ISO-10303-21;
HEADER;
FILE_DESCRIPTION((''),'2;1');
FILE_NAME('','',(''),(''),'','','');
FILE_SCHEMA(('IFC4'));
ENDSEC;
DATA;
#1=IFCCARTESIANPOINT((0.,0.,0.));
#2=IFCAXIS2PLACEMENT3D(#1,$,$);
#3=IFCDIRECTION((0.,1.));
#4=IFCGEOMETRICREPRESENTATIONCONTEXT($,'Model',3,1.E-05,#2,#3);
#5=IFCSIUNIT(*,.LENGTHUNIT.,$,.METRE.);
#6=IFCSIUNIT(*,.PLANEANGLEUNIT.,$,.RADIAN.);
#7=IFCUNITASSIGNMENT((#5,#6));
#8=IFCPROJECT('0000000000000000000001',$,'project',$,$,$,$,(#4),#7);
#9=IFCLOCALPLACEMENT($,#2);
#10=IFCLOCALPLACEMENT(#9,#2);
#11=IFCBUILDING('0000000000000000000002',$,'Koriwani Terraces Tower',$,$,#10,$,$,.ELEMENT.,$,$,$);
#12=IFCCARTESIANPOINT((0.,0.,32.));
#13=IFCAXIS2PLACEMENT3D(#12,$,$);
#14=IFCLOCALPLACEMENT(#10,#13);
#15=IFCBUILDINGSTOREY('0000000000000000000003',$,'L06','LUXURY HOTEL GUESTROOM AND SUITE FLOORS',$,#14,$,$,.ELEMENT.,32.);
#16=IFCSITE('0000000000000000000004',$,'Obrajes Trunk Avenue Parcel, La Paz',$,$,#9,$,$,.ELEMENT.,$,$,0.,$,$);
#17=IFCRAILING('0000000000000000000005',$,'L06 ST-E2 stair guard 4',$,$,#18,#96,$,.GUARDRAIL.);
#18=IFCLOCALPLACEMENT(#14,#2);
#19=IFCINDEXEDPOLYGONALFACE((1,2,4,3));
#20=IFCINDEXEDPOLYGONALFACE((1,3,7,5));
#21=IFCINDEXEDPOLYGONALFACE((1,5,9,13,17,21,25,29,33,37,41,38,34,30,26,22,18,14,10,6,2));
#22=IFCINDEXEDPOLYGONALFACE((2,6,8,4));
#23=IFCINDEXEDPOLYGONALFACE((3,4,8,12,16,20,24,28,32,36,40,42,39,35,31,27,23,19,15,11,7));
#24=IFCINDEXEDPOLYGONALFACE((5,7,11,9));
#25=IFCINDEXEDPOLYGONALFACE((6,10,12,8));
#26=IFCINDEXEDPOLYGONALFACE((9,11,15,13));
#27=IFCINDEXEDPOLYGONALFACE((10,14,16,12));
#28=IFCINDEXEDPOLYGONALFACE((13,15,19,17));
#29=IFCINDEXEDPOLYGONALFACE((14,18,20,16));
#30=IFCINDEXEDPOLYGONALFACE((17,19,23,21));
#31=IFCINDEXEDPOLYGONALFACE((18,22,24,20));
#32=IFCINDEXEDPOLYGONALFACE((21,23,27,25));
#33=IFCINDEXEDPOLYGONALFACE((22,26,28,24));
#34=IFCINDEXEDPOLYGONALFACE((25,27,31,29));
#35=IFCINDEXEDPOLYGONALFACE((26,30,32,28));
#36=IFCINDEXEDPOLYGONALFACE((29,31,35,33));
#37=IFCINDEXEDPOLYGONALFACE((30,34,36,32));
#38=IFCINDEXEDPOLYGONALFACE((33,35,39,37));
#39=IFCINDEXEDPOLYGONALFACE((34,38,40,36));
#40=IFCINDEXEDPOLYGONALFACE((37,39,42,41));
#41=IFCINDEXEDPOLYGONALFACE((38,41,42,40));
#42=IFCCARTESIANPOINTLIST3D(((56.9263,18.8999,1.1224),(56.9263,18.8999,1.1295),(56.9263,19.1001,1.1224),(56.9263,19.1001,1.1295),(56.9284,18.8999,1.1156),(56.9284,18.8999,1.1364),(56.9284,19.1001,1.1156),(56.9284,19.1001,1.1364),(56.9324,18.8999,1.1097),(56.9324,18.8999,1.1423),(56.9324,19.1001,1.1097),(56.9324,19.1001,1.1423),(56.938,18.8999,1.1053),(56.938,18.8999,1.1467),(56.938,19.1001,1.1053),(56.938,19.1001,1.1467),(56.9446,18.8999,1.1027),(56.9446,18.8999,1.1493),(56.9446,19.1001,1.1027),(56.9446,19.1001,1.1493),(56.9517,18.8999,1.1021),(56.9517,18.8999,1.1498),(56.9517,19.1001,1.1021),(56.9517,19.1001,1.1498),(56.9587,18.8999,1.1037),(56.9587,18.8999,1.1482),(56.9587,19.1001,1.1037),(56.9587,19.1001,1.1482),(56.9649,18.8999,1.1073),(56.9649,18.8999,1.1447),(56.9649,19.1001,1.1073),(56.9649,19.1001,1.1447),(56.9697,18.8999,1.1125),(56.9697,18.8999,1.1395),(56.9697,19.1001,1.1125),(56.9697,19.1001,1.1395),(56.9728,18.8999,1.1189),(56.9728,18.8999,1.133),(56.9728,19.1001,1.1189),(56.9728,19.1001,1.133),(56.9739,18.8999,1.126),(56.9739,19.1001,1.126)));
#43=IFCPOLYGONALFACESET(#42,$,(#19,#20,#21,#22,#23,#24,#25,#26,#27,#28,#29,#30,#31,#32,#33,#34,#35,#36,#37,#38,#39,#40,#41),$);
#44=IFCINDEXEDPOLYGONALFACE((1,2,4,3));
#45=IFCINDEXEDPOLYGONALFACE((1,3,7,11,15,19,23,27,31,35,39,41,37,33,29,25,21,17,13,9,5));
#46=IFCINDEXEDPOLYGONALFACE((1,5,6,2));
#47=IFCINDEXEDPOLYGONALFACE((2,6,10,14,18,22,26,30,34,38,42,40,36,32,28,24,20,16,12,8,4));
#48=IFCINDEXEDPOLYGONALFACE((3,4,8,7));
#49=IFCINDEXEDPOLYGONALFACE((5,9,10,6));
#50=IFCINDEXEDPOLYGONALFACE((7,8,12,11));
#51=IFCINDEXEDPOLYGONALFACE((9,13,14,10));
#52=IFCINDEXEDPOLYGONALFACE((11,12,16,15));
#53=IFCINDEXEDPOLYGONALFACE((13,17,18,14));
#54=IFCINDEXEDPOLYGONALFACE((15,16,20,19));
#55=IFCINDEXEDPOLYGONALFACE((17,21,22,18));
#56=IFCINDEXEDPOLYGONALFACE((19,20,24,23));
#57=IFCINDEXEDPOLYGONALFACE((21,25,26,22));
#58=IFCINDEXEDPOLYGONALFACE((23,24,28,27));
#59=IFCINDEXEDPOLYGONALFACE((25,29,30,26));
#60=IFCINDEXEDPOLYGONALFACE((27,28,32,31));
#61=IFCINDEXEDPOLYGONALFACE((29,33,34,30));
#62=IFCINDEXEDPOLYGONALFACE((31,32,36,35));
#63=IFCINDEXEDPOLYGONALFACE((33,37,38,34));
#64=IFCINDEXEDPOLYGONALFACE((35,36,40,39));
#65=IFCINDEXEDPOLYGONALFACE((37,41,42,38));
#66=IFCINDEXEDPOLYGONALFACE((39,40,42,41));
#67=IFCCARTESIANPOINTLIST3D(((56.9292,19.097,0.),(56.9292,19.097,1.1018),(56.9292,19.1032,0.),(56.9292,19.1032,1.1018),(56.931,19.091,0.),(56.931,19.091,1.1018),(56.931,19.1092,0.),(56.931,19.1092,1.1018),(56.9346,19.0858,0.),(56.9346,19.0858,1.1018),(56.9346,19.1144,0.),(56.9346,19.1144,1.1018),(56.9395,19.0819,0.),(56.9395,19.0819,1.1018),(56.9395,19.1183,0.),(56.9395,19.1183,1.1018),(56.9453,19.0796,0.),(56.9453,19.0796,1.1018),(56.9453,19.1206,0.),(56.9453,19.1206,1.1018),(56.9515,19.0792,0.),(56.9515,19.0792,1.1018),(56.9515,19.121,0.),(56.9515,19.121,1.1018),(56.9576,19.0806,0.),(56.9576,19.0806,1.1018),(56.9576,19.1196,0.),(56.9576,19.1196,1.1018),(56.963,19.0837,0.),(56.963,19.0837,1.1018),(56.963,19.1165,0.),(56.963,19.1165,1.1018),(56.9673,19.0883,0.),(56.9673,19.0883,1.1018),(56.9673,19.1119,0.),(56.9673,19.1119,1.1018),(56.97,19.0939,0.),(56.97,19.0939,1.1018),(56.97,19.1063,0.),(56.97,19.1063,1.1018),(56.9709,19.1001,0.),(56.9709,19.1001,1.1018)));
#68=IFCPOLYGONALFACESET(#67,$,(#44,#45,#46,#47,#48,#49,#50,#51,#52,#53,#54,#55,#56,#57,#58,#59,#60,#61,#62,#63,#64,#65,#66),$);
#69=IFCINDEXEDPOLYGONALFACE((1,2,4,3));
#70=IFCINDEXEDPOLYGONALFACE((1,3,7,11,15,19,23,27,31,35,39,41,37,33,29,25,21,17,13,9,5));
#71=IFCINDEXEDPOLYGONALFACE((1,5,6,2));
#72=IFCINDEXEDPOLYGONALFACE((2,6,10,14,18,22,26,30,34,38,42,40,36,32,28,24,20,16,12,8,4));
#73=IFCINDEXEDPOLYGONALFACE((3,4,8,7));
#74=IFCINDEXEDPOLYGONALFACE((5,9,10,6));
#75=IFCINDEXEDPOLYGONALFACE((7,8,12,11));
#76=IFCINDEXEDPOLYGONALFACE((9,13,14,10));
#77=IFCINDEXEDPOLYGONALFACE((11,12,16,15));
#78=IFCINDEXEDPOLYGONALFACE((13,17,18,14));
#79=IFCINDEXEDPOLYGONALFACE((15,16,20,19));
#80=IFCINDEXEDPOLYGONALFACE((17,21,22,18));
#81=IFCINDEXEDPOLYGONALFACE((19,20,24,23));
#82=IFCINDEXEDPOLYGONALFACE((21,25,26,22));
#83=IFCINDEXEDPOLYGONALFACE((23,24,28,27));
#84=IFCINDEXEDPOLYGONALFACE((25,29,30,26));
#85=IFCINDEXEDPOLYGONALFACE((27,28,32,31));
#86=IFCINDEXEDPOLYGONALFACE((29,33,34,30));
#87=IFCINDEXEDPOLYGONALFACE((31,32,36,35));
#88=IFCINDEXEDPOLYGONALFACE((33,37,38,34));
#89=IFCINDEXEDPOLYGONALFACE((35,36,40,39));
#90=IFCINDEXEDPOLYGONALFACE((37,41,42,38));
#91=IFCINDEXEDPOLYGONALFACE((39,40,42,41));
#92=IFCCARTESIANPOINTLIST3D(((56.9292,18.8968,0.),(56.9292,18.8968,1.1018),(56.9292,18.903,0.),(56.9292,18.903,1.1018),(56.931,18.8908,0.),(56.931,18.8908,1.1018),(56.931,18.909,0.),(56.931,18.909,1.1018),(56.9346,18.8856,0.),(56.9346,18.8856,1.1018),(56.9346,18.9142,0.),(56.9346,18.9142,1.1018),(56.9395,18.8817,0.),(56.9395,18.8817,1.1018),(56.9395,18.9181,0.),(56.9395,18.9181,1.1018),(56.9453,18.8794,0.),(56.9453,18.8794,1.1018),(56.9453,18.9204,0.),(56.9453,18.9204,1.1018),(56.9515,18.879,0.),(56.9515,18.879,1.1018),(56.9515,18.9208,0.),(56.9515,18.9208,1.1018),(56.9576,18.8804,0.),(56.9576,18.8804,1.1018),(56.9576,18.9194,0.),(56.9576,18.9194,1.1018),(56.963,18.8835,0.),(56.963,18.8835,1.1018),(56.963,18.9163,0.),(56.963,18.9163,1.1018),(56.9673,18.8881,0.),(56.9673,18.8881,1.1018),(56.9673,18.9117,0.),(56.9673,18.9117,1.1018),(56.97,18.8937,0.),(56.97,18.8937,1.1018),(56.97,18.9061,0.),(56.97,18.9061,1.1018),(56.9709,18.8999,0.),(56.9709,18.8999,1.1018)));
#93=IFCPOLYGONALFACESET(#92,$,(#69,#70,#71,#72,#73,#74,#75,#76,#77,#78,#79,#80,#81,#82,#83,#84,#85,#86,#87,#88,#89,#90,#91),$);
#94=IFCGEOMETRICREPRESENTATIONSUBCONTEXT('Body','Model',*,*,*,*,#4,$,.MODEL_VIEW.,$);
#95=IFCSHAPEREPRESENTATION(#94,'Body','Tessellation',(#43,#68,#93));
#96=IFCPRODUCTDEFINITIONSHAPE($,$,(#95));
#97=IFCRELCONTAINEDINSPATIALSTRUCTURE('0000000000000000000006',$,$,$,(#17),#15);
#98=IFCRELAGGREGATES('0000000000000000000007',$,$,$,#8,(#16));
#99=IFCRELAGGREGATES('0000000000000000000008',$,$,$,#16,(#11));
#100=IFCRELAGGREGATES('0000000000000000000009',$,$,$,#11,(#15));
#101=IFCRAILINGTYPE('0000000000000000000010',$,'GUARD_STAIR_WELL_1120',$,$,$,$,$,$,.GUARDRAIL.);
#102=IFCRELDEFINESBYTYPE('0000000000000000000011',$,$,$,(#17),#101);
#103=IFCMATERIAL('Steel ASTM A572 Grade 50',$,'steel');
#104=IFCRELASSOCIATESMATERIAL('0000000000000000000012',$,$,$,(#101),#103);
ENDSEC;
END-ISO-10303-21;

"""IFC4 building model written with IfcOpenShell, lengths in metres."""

from ifc_helpers import new_model, si_unit, direction, frame, origin, origin_2d, place, context, subcontext, project, spatial, circle, extrude, material, type_object, element, save


model = new_model("IFC4")

# Units and contexts
model_context = context("Model", 3, precision=1e-05, world=origin(), true_north=direction((0.0, 1.0)))
body_context = subcontext(model_context, "Body", "Model", "MODEL_VIEW")
ifc_project = project(units=[si_unit("LENGTHUNIT", "METRE"), si_unit("PLANEANGLEUNIT", "RADIAN")], contexts=[model_context])

# Site, building, storey
site_placement = place(None, origin())
site = spatial("IfcSite", under=ifc_project, at=site_placement, Name="Obrajes Trunk Avenue Parcel, La Paz", CompositionType="ELEMENT", RefElevation=0.0)
building_placement = place(site_placement, origin())
building = spatial("IfcBuilding", under=site, at=building_placement, Name="Koriwani Terraces Tower", CompositionType="ELEMENT")
storey_placement = place(building_placement, frame((0.0, 0.0, 32.0)))
storey = spatial("IfcBuildingStorey", under=building, at=storey_placement, Name="L06", Description="LUXURY HOTEL GUESTROOM AND SUITE FLOORS", CompositionType="ELEMENT", Elevation=32.0)

# Shared definitions
ifc_material_1 = material(Name="Steel ASTM A572 Grade 50", Category="steel")

# Railing
railing_type_1 = type_object("IfcRailingType", Name="GUARD_STAIR_WELL_1120", PredefinedType="GUARDRAIL", material=ifc_material_1)
railing_1_placement = place(storey_placement, frame((56.95, 19.1001, 0.0)))
element("IfcRailing", 1, at=railing_1_placement, inside=storey, type_object=railing_type_1, Name="L06 ST-E2 stair guard 4", PredefinedType="GUARDRAIL", context=body_context, shape_type="SweptSolid", body=[
    extrude(circle(Radius=0.0239, at=origin_2d()), frame((0.0, 0.0, 1.126), z_axis=(0.0, -1.0, 0.0), x_axis=(1.0, 0.0, 0.0)), (0.0, 0.0, 1.0), 0.2002),
    extrude(circle(Radius=0.021, at=origin_2d()), origin(), (0.0, 0.0, 1.0), 1.1018),
    extrude(circle(Radius=0.021, at=origin_2d()), frame((0.0, -0.2002, 0.0)), (0.0, 0.0, 1.0), 1.1018),
])

save(model, "model.ifc")
